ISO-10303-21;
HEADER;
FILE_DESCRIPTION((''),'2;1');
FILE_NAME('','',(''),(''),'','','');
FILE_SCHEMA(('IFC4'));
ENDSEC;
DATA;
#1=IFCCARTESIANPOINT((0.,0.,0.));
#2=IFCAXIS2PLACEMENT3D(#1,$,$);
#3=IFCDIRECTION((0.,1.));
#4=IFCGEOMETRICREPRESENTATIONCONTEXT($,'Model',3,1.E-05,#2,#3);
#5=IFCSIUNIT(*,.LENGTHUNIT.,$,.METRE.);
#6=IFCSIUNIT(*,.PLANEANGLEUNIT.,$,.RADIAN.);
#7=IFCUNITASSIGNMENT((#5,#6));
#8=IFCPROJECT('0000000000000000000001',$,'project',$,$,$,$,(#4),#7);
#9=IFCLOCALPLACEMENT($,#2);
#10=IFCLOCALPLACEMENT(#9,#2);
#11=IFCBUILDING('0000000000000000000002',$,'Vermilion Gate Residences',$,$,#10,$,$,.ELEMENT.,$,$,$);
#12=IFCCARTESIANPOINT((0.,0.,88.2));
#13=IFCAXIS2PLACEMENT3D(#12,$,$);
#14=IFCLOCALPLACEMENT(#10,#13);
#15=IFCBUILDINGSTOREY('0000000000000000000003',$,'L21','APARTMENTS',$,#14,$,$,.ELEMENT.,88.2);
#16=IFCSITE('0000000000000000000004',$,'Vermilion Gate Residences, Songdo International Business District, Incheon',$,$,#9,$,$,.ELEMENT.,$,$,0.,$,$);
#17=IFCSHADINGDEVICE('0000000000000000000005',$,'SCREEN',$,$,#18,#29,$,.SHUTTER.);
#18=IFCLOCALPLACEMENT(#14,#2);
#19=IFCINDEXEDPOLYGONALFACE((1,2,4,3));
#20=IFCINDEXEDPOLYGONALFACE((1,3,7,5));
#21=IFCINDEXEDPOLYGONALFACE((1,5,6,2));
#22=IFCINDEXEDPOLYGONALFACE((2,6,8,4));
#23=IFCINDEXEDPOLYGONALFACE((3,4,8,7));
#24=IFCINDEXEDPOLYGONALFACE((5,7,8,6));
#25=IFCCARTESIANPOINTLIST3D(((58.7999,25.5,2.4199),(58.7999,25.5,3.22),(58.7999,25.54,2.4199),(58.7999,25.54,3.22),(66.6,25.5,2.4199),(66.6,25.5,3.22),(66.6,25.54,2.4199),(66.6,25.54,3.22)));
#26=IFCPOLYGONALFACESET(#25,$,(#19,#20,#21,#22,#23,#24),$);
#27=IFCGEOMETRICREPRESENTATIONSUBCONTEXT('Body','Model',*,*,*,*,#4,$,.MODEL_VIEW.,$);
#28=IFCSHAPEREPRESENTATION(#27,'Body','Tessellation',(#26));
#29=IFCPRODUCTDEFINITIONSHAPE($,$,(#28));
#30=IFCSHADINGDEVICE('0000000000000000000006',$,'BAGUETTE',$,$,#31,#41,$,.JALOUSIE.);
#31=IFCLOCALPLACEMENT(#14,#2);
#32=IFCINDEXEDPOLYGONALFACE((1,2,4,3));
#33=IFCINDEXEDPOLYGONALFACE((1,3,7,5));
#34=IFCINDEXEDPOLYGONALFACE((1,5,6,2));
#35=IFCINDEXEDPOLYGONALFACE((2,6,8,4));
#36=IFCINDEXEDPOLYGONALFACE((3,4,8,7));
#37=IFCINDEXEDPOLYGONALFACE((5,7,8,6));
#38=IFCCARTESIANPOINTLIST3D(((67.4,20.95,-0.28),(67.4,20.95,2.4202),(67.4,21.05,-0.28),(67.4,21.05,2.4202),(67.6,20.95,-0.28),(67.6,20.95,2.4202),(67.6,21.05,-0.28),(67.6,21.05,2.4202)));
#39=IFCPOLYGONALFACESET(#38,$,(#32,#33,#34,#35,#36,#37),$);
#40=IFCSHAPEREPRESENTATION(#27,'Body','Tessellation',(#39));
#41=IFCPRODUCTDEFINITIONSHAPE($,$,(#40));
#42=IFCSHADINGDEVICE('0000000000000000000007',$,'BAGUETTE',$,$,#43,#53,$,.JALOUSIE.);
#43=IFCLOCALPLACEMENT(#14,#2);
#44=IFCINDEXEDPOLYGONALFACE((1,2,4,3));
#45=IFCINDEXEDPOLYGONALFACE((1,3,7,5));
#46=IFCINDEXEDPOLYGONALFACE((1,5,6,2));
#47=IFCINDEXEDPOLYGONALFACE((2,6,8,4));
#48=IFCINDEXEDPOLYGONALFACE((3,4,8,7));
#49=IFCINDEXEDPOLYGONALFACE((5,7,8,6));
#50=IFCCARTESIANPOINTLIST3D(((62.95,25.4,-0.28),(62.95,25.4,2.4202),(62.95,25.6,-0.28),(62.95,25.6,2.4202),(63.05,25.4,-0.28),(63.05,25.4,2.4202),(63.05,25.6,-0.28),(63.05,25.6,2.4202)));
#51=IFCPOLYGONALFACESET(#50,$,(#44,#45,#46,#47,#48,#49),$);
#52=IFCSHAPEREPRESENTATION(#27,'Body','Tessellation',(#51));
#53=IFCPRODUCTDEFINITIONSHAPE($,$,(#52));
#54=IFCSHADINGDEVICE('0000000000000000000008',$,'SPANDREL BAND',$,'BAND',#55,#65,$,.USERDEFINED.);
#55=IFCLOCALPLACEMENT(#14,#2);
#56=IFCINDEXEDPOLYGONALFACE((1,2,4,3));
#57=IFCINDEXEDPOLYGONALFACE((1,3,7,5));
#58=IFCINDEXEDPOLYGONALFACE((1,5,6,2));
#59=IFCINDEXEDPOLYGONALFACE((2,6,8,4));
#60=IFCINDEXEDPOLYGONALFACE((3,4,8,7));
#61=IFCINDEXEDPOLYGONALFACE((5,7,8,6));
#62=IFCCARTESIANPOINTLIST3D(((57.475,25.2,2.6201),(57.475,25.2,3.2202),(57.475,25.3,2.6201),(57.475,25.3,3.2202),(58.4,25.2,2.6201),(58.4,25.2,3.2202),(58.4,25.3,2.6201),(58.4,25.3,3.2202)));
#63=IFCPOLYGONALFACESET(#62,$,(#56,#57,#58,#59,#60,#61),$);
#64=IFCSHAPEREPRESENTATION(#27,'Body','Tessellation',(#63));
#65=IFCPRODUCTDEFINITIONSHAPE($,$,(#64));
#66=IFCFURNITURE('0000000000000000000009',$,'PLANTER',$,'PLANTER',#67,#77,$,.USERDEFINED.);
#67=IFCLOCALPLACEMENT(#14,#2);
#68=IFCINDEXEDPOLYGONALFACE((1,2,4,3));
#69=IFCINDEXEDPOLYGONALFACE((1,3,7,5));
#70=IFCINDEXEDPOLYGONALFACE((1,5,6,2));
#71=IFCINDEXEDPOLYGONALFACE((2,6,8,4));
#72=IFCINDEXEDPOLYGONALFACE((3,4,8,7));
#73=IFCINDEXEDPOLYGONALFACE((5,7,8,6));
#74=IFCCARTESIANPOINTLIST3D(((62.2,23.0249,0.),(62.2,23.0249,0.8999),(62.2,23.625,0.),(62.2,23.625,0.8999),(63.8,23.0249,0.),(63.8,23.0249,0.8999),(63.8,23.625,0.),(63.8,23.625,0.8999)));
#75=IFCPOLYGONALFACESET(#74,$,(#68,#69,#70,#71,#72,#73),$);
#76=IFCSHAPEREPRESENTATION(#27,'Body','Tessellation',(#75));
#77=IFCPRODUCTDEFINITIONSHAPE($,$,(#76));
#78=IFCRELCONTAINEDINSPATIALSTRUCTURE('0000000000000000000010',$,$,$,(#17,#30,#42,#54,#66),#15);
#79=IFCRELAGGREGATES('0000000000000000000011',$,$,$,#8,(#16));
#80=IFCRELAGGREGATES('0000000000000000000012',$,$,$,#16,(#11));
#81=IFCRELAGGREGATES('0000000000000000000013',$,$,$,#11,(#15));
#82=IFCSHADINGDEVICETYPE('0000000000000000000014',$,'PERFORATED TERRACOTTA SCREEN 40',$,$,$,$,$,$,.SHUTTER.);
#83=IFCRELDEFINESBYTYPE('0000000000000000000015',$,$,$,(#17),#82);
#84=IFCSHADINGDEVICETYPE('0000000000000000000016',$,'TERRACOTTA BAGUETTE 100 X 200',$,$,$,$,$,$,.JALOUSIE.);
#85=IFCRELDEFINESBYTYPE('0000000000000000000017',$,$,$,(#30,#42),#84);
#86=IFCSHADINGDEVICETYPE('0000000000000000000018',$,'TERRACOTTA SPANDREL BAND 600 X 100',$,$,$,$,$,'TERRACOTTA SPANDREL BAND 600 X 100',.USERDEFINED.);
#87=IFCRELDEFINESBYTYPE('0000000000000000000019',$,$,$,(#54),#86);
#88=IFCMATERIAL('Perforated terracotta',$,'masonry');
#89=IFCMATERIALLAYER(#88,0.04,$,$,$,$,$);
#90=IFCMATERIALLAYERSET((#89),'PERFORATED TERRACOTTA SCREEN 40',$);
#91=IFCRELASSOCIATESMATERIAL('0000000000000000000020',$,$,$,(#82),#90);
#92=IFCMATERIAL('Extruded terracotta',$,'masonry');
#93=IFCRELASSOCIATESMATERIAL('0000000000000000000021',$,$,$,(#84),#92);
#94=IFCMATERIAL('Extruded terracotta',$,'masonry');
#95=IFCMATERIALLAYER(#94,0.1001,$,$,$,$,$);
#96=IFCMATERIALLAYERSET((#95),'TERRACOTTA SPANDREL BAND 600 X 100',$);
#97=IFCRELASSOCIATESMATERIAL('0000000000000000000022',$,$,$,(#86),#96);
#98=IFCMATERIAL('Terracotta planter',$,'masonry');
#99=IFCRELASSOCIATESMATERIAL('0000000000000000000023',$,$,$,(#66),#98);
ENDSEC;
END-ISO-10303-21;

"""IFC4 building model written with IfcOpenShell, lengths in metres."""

from ifc_helpers import new_model, si_unit, direction, frame, origin, origin_2d, place, context, subcontext, project, spatial, rectangle, extrude, material, layer, layer_set, material_profile, profile_set, type_object, element, save


model = new_model("IFC4")

# Units and contexts
model_context = context("Model", 3, precision=1e-05, world=origin(), true_north=direction((0.0, 1.0)))
body_context = subcontext(model_context, "Body", "Model", "MODEL_VIEW")
ifc_project = project(units=[si_unit("LENGTHUNIT", "METRE"), si_unit("PLANEANGLEUNIT", "RADIAN")], contexts=[model_context])

# Site, building, storey
site_placement = place(None, origin())
site = spatial("IfcSite", under=ifc_project, at=site_placement, Name="Vermilion Gate Residences, Songdo International Business District, Incheon", CompositionType="ELEMENT", RefElevation=0.0)
building_placement = place(site_placement, origin())
building = spatial("IfcBuilding", under=site, at=building_placement, Name="Vermilion Gate Residences", CompositionType="ELEMENT")
storey_placement = place(building_placement, frame((0.0, 0.0, 88.2)))
storey = spatial("IfcBuildingStorey", under=building, at=storey_placement, Name="L21", Description="APARTMENTS", CompositionType="ELEMENT", Elevation=88.2)

# Shading devices
ifc_material_1 = material(Name="Perforated terracotta", Category="masonry")
ifc_layer_1 = layer(ifc_material_1, 0.04)
ifc_layer_set_1 = layer_set([ifc_layer_1], Name="PERFORATED TERRACOTTA SCREEN 40")
shading_device_type_1 = type_object("IfcShadingDeviceType", Name="PERFORATED TERRACOTTA SCREEN 40", PredefinedType="SHUTTER", material=ifc_layer_set_1)
shading_device_1_placement = place(storey_placement, frame((62.7, 25.52, 2.4199), z_axis=(0.0, 0.0, 1.0), x_axis=(-1.0, 0.0, 0.0)))
element("IfcShadingDevice", 1, at=shading_device_1_placement, inside=storey, type_object=shading_device_type_1, Name="SCREEN", PredefinedType="SHUTTER", context=body_context, shape_type="SweptSolid", body=[
    extrude(rectangle(XDim=7.8, YDim=0.04, at=origin_2d()), origin(), (0.0, 0.0, 1.0), 0.8),
])
ifc_material_2 = material(Name="Extruded terracotta", Category="masonry")
ifc_material_profile_1 = material_profile(ifc_material_2, rectangle(XDim=0.2, YDim=0.1001, at=origin_2d()), Name="BAGUETTE 100 X 200")
ifc_profile_set_1 = profile_set([ifc_material_profile_1], Name="Extruded terracotta")
shading_device_type_2 = type_object("IfcShadingDeviceType", Name="TERRACOTTA BAGUETTE 100 X 200", PredefinedType="JALOUSIE", material=ifc_profile_set_1)
for number, where, z_axis, x_axis, name in (
    (2, (67.5, 21.0, -0.28), (0.0, 0.0, 1.0), (-1.0, 0.0, 0.0), "BAGUETTE"),
    (3, (63.0, 25.5, -0.28), (0.0, 0.0, 1.0), (0.0, -1.0, 0.0), "BAGUETTE"),
):
    element("IfcShadingDevice", number, at=place(storey_placement, frame(where, z_axis=z_axis, x_axis=x_axis)), inside=storey, type_object=shading_device_type_2, Name=name, PredefinedType="JALOUSIE", context=body_context, shape_type="SweptSolid", body=[
        extrude(rectangle(XDim=0.2, YDim=0.1001, at=origin_2d()), origin(), (0.0, 0.0, 1.0), 2.7002),
    ])
ifc_material_3 = material(Name="Extruded terracotta", Category="masonry")
ifc_layer_2 = layer(ifc_material_3, 0.1001)
ifc_layer_set_2 = layer_set([ifc_layer_2], Name="TERRACOTTA SPANDREL BAND 600 X 100")
shading_device_type_3 = type_object("IfcShadingDeviceType", Name="TERRACOTTA SPANDREL BAND 600 X 100", ElementType="TERRACOTTA SPANDREL BAND 600 X 100", PredefinedType="USERDEFINED", material=ifc_layer_set_2)
shading_device_2_placement = place(storey_placement, frame((57.9375, 25.25, 2.6201), z_axis=(0.0, 0.0, 1.0), x_axis=(1.0, 0.0, 0.0)))
element("IfcShadingDevice", 4, at=shading_device_2_placement, inside=storey, type_object=shading_device_type_3, Name="SPANDREL BAND", ObjectType="BAND", PredefinedType="USERDEFINED", context=body_context, shape_type="SweptSolid", body=[
    extrude(rectangle(XDim=0.925, YDim=0.1001, at=origin_2d()), origin(), (0.0, 0.0, 1.0), 0.6001),
])

# Furniture
ifc_material_4 = material(Name="Terracotta planter", Category="masonry")
furniture_placement = place(storey_placement, frame((63.0, 23.325, 0.0), z_axis=(0.0, 0.0, 1.0), x_axis=(-1.0, 0.0, 0.0)))
element("IfcFurniture", 5, at=furniture_placement, inside=storey, material=ifc_material_4, Name="PLANTER", ObjectType="PLANTER", PredefinedType="USERDEFINED", context=body_context, shape_type="SweptSolid", body=[
    extrude(rectangle(XDim=1.6001, YDim=0.6001, at=origin_2d()), origin(), (0.0, 0.0, 1.0), 0.8999),
])

save(model, "model.ifc")
